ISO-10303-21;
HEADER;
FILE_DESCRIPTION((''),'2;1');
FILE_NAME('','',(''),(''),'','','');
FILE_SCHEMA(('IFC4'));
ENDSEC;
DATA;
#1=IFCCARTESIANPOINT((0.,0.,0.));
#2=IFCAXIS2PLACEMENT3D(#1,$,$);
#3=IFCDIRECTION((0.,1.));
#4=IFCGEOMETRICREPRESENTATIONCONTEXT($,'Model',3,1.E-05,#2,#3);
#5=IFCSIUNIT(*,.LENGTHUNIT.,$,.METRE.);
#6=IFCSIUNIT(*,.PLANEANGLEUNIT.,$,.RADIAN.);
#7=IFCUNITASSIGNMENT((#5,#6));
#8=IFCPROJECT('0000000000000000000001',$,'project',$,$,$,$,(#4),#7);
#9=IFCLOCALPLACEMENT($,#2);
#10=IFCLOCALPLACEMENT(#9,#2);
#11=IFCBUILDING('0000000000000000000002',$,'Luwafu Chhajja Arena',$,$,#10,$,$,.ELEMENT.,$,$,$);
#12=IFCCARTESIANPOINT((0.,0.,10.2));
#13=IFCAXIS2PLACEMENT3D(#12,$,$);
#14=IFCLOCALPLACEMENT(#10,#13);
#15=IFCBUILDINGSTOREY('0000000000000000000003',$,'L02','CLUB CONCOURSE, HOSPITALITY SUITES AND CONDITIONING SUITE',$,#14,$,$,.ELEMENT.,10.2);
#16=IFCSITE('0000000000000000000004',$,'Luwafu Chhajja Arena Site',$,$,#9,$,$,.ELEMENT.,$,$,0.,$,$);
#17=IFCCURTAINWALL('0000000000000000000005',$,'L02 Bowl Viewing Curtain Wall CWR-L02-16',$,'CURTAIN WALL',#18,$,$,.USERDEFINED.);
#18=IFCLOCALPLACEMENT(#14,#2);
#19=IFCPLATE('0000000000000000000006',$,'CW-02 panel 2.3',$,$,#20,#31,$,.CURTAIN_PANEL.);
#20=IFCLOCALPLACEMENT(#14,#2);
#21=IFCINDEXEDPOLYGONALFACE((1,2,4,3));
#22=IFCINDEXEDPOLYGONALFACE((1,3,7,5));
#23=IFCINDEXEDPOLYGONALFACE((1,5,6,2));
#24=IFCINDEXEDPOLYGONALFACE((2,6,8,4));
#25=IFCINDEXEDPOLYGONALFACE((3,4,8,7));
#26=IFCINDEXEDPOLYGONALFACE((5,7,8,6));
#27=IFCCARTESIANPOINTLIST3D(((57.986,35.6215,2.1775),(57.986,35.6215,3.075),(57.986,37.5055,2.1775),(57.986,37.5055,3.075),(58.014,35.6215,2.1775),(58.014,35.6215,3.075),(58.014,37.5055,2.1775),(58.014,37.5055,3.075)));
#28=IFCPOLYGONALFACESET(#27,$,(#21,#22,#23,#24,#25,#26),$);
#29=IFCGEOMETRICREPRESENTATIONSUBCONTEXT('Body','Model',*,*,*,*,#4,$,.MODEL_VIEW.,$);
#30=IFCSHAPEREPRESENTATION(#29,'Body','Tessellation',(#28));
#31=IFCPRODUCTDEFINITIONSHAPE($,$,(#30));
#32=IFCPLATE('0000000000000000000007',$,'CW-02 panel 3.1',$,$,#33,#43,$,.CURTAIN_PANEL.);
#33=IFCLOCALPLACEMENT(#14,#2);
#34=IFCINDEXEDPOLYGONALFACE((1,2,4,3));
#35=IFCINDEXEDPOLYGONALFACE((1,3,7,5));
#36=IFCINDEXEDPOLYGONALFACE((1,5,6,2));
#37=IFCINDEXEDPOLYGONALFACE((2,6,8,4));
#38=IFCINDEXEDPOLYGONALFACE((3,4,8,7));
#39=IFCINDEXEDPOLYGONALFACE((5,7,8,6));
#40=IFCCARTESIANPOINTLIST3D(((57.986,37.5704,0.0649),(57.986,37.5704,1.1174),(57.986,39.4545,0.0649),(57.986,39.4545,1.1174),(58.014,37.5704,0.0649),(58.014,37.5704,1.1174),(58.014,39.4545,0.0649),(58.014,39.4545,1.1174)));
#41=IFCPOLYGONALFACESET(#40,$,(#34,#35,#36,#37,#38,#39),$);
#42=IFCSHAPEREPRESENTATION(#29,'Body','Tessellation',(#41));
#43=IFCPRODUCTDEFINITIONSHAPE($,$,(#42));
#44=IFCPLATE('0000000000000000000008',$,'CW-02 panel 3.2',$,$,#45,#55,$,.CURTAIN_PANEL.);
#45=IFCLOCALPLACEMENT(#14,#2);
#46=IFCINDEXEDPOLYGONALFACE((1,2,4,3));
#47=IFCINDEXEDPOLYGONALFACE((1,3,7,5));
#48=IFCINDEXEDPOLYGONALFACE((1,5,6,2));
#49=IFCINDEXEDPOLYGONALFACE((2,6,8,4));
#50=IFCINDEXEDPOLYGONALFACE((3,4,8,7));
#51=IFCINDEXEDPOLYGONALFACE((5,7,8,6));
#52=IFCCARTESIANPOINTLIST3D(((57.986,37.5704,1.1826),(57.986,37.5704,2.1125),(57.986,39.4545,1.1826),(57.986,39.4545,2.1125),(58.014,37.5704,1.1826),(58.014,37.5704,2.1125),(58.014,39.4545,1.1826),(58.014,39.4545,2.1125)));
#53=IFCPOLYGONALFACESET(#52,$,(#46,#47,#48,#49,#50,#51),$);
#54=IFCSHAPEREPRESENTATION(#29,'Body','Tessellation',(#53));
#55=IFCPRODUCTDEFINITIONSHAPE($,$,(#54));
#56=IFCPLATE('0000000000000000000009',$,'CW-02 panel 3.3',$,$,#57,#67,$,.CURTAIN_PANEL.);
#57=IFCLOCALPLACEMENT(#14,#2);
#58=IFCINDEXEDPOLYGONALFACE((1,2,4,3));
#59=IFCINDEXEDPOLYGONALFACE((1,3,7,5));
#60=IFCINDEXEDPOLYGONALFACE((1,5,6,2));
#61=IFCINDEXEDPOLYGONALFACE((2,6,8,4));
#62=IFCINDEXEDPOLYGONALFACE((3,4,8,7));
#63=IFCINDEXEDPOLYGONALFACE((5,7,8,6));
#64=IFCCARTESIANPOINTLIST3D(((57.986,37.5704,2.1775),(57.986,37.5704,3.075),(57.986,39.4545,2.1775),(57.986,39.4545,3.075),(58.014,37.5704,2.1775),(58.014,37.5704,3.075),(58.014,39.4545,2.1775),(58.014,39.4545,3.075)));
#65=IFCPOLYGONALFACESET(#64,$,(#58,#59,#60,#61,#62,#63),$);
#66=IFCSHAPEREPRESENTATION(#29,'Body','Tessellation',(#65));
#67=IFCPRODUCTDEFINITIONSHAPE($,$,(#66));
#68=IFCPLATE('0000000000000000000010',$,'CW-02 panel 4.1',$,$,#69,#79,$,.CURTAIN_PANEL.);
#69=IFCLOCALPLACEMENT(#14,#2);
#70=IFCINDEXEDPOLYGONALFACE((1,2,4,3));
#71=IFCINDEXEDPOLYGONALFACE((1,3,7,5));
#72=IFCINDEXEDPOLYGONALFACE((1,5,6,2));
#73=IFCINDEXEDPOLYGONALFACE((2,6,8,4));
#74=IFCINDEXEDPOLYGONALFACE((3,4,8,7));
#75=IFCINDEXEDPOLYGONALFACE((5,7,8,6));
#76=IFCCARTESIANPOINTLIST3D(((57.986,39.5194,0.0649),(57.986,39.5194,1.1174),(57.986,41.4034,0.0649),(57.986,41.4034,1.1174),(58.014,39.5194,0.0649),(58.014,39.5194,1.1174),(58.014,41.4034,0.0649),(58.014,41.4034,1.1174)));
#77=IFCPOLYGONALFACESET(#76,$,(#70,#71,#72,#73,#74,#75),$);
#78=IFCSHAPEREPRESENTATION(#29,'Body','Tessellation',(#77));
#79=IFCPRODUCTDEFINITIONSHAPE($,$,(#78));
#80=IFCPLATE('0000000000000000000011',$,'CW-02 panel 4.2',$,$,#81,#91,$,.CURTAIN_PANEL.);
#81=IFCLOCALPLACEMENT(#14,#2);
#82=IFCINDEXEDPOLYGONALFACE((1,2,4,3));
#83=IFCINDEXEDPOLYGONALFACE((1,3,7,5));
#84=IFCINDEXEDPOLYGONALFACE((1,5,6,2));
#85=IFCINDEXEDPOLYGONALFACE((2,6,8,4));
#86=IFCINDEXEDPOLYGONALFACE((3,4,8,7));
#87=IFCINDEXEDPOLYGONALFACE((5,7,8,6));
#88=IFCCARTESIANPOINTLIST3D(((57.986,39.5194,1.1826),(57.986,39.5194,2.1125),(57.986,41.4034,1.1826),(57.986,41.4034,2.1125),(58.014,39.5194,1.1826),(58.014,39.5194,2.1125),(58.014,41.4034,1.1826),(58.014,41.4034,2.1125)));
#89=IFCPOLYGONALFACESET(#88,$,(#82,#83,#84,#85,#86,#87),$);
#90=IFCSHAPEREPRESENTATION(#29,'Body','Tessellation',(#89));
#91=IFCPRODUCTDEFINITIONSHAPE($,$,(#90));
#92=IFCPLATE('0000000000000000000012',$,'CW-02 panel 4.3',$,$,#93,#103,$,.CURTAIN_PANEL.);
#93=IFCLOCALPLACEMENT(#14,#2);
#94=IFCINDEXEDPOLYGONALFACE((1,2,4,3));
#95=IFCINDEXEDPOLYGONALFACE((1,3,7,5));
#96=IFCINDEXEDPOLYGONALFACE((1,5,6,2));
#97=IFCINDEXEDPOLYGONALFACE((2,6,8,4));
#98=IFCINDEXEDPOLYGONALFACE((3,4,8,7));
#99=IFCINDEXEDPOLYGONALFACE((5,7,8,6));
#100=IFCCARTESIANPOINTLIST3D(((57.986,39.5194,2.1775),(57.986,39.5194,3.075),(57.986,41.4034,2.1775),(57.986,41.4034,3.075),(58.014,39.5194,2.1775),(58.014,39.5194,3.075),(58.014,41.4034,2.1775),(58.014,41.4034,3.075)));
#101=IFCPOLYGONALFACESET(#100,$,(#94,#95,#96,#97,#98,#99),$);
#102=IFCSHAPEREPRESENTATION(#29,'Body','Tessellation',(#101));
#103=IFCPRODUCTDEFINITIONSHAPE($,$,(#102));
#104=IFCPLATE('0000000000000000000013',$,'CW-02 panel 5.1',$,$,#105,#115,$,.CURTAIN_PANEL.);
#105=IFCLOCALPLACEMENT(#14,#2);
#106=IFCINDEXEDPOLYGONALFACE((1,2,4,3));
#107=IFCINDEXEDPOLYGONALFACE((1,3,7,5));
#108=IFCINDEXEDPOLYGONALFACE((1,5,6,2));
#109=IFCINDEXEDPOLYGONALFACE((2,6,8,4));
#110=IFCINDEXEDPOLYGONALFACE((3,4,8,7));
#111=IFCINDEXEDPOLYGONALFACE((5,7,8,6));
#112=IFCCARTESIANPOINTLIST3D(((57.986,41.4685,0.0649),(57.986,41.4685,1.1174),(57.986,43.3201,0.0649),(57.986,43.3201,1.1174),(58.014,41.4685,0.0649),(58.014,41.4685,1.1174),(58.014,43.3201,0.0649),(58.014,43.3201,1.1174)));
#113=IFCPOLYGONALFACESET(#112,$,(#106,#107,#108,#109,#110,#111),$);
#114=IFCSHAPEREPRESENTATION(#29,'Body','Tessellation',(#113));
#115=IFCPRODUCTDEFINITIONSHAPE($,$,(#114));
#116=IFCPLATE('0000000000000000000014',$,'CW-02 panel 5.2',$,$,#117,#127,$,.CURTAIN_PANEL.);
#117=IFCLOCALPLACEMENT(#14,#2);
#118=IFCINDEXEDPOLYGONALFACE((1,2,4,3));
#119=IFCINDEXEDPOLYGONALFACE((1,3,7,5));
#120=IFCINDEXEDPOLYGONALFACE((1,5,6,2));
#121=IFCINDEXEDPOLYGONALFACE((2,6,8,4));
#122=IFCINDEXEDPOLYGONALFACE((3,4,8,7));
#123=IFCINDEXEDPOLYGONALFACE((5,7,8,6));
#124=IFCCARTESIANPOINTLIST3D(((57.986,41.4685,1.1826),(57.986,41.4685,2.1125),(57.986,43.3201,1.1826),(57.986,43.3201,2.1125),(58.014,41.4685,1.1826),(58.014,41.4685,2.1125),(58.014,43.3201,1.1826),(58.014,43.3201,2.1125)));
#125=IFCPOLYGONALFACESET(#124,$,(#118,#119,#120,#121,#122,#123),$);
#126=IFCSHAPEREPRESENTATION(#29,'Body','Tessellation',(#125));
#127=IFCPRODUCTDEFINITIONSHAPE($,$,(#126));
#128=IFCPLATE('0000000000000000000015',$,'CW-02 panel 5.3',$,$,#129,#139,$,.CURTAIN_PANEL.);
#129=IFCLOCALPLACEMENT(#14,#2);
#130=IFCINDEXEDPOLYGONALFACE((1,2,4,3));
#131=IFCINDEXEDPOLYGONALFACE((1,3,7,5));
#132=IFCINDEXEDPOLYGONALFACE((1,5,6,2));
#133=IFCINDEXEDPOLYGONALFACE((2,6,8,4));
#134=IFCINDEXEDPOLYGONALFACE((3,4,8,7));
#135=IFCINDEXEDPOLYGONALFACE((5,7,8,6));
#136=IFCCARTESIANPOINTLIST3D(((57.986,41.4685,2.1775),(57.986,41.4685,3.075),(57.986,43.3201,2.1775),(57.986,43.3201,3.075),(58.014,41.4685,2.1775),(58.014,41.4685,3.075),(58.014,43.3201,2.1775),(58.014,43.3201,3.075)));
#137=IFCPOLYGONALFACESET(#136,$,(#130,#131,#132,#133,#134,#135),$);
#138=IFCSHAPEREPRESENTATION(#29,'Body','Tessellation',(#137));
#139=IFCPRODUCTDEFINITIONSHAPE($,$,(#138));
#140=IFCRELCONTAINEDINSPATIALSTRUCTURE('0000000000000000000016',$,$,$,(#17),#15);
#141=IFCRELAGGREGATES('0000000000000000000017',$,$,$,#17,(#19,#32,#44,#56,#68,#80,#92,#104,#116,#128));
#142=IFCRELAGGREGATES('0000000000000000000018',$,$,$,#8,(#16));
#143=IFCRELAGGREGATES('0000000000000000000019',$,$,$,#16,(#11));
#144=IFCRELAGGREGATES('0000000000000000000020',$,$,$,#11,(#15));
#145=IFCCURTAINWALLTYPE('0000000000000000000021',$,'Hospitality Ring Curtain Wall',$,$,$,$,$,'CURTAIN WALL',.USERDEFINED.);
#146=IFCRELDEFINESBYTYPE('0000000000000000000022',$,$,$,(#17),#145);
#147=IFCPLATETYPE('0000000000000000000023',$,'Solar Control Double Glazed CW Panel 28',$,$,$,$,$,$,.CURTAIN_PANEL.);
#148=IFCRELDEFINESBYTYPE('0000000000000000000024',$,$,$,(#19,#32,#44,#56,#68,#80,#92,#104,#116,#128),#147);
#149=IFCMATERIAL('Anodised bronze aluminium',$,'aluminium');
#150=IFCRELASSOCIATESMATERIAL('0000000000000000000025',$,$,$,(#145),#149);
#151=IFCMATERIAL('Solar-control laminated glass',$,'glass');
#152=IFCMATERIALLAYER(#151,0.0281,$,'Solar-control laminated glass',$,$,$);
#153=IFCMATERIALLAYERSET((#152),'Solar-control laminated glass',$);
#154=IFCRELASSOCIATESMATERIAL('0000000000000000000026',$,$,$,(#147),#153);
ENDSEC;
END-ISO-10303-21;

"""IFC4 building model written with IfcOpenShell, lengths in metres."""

from ifc_helpers import new_model, si_unit, direction, frame, origin, origin_2d, place, context, subcontext, project, spatial, rectangle, extrude, material, layer, layer_set, type_object, element, aggregate, save


model = new_model("IFC4")

# Units and contexts
model_context = context("Model", 3, precision=1e-05, world=origin(), true_north=direction((0.0, 1.0)))
body_context = subcontext(model_context, "Body", "Model", "MODEL_VIEW")
ifc_project = project(units=[si_unit("LENGTHUNIT", "METRE"), si_unit("PLANEANGLEUNIT", "RADIAN")], contexts=[model_context])

# Site, building, storey
site_placement = place(None, origin())
site = spatial("IfcSite", under=ifc_project, at=site_placement, Name="Luwafu Chhajja Arena Site", CompositionType="ELEMENT", RefElevation=0.0)
building_placement = place(site_placement, origin())
building = spatial("IfcBuilding", under=site, at=building_placement, Name="Luwafu Chhajja Arena", CompositionType="ELEMENT")
storey_placement = place(building_placement, frame((0.0, 0.0, 10.2)))
storey = spatial("IfcBuildingStorey", under=building, at=storey_placement, Name="L02", Description="CLUB CONCOURSE, HOSPITALITY SUITES AND CONDITIONING SUITE", CompositionType="ELEMENT", Elevation=10.2)

# Curtain wall, plates
ifc_material_1 = material(Name="Anodised bronze aluminium", Category="aluminium")
curtain_wall_type = type_object("IfcCurtainWallType", Name="Hospitality Ring Curtain Wall", ElementType="CURTAIN WALL", PredefinedType="USERDEFINED", material=ifc_material_1)
curtain_wall_placement = place(storey_placement, origin())
curtain_wall = element("IfcCurtainWall", 1, at=curtain_wall_placement, inside=storey, type_object=curtain_wall_type, Name="L02 Bowl Viewing Curtain Wall CWR-L02-16", ObjectType="CURTAIN WALL", PredefinedType="USERDEFINED")
ifc_material_2 = material(Name="Solar-control laminated glass", Category="glass")
ifc_layer = layer(ifc_material_2, 0.0281, Name="Solar-control laminated glass")
ifc_layer_set = layer_set([ifc_layer], Name="Solar-control laminated glass")
plate_type = type_object("IfcPlateType", Name="Solar Control Double Glazed CW Panel 28", PredefinedType="CURTAIN_PANEL", material=ifc_layer_set)
plate_1_placement = place(storey_placement, frame((58.0, 36.5635, 2.1775), z_axis=(0.0, 0.0, 1.0), x_axis=(0.0, 1.0, 0.0)))
plate_1 = element("IfcPlate", 2, at=plate_1_placement, type_object=plate_type, Name="CW-02 panel 2.3", PredefinedType="CURTAIN_PANEL", context=body_context, shape_type="SweptSolid", body=[
    extrude(rectangle(XDim=1.884, YDim=0.0281, at=origin_2d()), origin(), (0.0, 0.0, 1.0), 0.8975),
])
plate_2_placement = place(storey_placement, frame((58.0, 38.5125, 0.0649), z_axis=(0.0, 0.0, 1.0), x_axis=(0.0, 1.0, 0.0)))
plate_2 = element("IfcPlate", 3, at=plate_2_placement, type_object=plate_type, Name="CW-02 panel 3.1", PredefinedType="CURTAIN_PANEL", context=body_context, shape_type="SweptSolid", body=[
    extrude(rectangle(XDim=1.884, YDim=0.0281, at=origin_2d()), origin(), (0.0, 0.0, 1.0), 1.0525),
])
plate_3_placement = place(storey_placement, frame((58.0, 38.5125, 1.1826), z_axis=(0.0, 0.0, 1.0), x_axis=(0.0, 1.0, 0.0)))
plate_3 = element("IfcPlate", 4, at=plate_3_placement, type_object=plate_type, Name="CW-02 panel 3.2", PredefinedType="CURTAIN_PANEL", context=body_context, shape_type="SweptSolid", body=[
    extrude(rectangle(XDim=1.884, YDim=0.0281, at=origin_2d()), origin(), (0.0, 0.0, 1.0), 0.9299),
])
plate_4_placement = place(storey_placement, frame((58.0, 38.5125, 2.1775), z_axis=(0.0, 0.0, 1.0), x_axis=(0.0, 1.0, 0.0)))
plate_4 = element("IfcPlate", 5, at=plate_4_placement, type_object=plate_type, Name="CW-02 panel 3.3", PredefinedType="CURTAIN_PANEL", context=body_context, shape_type="SweptSolid", body=[
    extrude(rectangle(XDim=1.884, YDim=0.0281, at=origin_2d()), origin(), (0.0, 0.0, 1.0), 0.8975),
])
plate_5_placement = place(storey_placement, frame((58.0, 40.4614, 0.0649), z_axis=(0.0, 0.0, 1.0), x_axis=(0.0, 1.0, 0.0)))
plate_5 = element("IfcPlate", 6, at=plate_5_placement, type_object=plate_type, Name="CW-02 panel 4.1", PredefinedType="CURTAIN_PANEL", context=body_context, shape_type="SweptSolid", body=[
    extrude(rectangle(XDim=1.884, YDim=0.0281, at=origin_2d()), origin(), (0.0, 0.0, 1.0), 1.0525),
])
plate_6_placement = place(storey_placement, frame((58.0, 40.4614, 1.1826), z_axis=(0.0, 0.0, 1.0), x_axis=(0.0, 1.0, 0.0)))
plate_6 = element("IfcPlate", 7, at=plate_6_placement, type_object=plate_type, Name="CW-02 panel 4.2", PredefinedType="CURTAIN_PANEL", context=body_context, shape_type="SweptSolid", body=[
    extrude(rectangle(XDim=1.884, YDim=0.0281, at=origin_2d()), origin(), (0.0, 0.0, 1.0), 0.9299),
])
plate_7_placement = place(storey_placement, frame((58.0, 40.4614, 2.1775), z_axis=(0.0, 0.0, 1.0), x_axis=(0.0, 1.0, 0.0)))
plate_7 = element("IfcPlate", 8, at=plate_7_placement, type_object=plate_type, Name="CW-02 panel 4.3", PredefinedType="CURTAIN_PANEL", context=body_context, shape_type="SweptSolid", body=[
    extrude(rectangle(XDim=1.884, YDim=0.0281, at=origin_2d()), origin(), (0.0, 0.0, 1.0), 0.8975),
])
plate_8_placement = place(storey_placement, frame((58.0, 42.3943, 0.0649), z_axis=(0.0, 0.0, 1.0), x_axis=(0.0, 1.0, 0.0)))
plate_8 = element("IfcPlate", 9, at=plate_8_placement, type_object=plate_type, Name="CW-02 panel 5.1", PredefinedType="CURTAIN_PANEL", context=body_context, shape_type="SweptSolid", body=[
    extrude(rectangle(XDim=1.8516, YDim=0.0281, at=origin_2d()), origin(), (0.0, 0.0, 1.0), 1.0525),
])
plate_9_placement = place(storey_placement, frame((58.0, 42.3943, 1.1826), z_axis=(0.0, 0.0, 1.0), x_axis=(0.0, 1.0, 0.0)))
plate_9 = element("IfcPlate", 10, at=plate_9_placement, type_object=plate_type, Name="CW-02 panel 5.2", PredefinedType="CURTAIN_PANEL", context=body_context, shape_type="SweptSolid", body=[
    extrude(rectangle(XDim=1.8516, YDim=0.0281, at=origin_2d()), origin(), (0.0, 0.0, 1.0), 0.9299),
])
plate_10_placement = place(storey_placement, frame((58.0, 42.3943, 2.1775), z_axis=(0.0, 0.0, 1.0), x_axis=(0.0, 1.0, 0.0)))
plate_10 = element("IfcPlate", 11, at=plate_10_placement, type_object=plate_type, Name="CW-02 panel 5.3", PredefinedType="CURTAIN_PANEL", context=body_context, shape_type="SweptSolid", body=[
    extrude(rectangle(XDim=1.8516, YDim=0.0281, at=origin_2d()), origin(), (0.0, 0.0, 1.0), 0.8975),
])
aggregate(curtain_wall, [plate_1, plate_2, plate_3, plate_4, plate_5, plate_6, plate_7, plate_8, plate_9, plate_10])

save(model, "model.ifc")
